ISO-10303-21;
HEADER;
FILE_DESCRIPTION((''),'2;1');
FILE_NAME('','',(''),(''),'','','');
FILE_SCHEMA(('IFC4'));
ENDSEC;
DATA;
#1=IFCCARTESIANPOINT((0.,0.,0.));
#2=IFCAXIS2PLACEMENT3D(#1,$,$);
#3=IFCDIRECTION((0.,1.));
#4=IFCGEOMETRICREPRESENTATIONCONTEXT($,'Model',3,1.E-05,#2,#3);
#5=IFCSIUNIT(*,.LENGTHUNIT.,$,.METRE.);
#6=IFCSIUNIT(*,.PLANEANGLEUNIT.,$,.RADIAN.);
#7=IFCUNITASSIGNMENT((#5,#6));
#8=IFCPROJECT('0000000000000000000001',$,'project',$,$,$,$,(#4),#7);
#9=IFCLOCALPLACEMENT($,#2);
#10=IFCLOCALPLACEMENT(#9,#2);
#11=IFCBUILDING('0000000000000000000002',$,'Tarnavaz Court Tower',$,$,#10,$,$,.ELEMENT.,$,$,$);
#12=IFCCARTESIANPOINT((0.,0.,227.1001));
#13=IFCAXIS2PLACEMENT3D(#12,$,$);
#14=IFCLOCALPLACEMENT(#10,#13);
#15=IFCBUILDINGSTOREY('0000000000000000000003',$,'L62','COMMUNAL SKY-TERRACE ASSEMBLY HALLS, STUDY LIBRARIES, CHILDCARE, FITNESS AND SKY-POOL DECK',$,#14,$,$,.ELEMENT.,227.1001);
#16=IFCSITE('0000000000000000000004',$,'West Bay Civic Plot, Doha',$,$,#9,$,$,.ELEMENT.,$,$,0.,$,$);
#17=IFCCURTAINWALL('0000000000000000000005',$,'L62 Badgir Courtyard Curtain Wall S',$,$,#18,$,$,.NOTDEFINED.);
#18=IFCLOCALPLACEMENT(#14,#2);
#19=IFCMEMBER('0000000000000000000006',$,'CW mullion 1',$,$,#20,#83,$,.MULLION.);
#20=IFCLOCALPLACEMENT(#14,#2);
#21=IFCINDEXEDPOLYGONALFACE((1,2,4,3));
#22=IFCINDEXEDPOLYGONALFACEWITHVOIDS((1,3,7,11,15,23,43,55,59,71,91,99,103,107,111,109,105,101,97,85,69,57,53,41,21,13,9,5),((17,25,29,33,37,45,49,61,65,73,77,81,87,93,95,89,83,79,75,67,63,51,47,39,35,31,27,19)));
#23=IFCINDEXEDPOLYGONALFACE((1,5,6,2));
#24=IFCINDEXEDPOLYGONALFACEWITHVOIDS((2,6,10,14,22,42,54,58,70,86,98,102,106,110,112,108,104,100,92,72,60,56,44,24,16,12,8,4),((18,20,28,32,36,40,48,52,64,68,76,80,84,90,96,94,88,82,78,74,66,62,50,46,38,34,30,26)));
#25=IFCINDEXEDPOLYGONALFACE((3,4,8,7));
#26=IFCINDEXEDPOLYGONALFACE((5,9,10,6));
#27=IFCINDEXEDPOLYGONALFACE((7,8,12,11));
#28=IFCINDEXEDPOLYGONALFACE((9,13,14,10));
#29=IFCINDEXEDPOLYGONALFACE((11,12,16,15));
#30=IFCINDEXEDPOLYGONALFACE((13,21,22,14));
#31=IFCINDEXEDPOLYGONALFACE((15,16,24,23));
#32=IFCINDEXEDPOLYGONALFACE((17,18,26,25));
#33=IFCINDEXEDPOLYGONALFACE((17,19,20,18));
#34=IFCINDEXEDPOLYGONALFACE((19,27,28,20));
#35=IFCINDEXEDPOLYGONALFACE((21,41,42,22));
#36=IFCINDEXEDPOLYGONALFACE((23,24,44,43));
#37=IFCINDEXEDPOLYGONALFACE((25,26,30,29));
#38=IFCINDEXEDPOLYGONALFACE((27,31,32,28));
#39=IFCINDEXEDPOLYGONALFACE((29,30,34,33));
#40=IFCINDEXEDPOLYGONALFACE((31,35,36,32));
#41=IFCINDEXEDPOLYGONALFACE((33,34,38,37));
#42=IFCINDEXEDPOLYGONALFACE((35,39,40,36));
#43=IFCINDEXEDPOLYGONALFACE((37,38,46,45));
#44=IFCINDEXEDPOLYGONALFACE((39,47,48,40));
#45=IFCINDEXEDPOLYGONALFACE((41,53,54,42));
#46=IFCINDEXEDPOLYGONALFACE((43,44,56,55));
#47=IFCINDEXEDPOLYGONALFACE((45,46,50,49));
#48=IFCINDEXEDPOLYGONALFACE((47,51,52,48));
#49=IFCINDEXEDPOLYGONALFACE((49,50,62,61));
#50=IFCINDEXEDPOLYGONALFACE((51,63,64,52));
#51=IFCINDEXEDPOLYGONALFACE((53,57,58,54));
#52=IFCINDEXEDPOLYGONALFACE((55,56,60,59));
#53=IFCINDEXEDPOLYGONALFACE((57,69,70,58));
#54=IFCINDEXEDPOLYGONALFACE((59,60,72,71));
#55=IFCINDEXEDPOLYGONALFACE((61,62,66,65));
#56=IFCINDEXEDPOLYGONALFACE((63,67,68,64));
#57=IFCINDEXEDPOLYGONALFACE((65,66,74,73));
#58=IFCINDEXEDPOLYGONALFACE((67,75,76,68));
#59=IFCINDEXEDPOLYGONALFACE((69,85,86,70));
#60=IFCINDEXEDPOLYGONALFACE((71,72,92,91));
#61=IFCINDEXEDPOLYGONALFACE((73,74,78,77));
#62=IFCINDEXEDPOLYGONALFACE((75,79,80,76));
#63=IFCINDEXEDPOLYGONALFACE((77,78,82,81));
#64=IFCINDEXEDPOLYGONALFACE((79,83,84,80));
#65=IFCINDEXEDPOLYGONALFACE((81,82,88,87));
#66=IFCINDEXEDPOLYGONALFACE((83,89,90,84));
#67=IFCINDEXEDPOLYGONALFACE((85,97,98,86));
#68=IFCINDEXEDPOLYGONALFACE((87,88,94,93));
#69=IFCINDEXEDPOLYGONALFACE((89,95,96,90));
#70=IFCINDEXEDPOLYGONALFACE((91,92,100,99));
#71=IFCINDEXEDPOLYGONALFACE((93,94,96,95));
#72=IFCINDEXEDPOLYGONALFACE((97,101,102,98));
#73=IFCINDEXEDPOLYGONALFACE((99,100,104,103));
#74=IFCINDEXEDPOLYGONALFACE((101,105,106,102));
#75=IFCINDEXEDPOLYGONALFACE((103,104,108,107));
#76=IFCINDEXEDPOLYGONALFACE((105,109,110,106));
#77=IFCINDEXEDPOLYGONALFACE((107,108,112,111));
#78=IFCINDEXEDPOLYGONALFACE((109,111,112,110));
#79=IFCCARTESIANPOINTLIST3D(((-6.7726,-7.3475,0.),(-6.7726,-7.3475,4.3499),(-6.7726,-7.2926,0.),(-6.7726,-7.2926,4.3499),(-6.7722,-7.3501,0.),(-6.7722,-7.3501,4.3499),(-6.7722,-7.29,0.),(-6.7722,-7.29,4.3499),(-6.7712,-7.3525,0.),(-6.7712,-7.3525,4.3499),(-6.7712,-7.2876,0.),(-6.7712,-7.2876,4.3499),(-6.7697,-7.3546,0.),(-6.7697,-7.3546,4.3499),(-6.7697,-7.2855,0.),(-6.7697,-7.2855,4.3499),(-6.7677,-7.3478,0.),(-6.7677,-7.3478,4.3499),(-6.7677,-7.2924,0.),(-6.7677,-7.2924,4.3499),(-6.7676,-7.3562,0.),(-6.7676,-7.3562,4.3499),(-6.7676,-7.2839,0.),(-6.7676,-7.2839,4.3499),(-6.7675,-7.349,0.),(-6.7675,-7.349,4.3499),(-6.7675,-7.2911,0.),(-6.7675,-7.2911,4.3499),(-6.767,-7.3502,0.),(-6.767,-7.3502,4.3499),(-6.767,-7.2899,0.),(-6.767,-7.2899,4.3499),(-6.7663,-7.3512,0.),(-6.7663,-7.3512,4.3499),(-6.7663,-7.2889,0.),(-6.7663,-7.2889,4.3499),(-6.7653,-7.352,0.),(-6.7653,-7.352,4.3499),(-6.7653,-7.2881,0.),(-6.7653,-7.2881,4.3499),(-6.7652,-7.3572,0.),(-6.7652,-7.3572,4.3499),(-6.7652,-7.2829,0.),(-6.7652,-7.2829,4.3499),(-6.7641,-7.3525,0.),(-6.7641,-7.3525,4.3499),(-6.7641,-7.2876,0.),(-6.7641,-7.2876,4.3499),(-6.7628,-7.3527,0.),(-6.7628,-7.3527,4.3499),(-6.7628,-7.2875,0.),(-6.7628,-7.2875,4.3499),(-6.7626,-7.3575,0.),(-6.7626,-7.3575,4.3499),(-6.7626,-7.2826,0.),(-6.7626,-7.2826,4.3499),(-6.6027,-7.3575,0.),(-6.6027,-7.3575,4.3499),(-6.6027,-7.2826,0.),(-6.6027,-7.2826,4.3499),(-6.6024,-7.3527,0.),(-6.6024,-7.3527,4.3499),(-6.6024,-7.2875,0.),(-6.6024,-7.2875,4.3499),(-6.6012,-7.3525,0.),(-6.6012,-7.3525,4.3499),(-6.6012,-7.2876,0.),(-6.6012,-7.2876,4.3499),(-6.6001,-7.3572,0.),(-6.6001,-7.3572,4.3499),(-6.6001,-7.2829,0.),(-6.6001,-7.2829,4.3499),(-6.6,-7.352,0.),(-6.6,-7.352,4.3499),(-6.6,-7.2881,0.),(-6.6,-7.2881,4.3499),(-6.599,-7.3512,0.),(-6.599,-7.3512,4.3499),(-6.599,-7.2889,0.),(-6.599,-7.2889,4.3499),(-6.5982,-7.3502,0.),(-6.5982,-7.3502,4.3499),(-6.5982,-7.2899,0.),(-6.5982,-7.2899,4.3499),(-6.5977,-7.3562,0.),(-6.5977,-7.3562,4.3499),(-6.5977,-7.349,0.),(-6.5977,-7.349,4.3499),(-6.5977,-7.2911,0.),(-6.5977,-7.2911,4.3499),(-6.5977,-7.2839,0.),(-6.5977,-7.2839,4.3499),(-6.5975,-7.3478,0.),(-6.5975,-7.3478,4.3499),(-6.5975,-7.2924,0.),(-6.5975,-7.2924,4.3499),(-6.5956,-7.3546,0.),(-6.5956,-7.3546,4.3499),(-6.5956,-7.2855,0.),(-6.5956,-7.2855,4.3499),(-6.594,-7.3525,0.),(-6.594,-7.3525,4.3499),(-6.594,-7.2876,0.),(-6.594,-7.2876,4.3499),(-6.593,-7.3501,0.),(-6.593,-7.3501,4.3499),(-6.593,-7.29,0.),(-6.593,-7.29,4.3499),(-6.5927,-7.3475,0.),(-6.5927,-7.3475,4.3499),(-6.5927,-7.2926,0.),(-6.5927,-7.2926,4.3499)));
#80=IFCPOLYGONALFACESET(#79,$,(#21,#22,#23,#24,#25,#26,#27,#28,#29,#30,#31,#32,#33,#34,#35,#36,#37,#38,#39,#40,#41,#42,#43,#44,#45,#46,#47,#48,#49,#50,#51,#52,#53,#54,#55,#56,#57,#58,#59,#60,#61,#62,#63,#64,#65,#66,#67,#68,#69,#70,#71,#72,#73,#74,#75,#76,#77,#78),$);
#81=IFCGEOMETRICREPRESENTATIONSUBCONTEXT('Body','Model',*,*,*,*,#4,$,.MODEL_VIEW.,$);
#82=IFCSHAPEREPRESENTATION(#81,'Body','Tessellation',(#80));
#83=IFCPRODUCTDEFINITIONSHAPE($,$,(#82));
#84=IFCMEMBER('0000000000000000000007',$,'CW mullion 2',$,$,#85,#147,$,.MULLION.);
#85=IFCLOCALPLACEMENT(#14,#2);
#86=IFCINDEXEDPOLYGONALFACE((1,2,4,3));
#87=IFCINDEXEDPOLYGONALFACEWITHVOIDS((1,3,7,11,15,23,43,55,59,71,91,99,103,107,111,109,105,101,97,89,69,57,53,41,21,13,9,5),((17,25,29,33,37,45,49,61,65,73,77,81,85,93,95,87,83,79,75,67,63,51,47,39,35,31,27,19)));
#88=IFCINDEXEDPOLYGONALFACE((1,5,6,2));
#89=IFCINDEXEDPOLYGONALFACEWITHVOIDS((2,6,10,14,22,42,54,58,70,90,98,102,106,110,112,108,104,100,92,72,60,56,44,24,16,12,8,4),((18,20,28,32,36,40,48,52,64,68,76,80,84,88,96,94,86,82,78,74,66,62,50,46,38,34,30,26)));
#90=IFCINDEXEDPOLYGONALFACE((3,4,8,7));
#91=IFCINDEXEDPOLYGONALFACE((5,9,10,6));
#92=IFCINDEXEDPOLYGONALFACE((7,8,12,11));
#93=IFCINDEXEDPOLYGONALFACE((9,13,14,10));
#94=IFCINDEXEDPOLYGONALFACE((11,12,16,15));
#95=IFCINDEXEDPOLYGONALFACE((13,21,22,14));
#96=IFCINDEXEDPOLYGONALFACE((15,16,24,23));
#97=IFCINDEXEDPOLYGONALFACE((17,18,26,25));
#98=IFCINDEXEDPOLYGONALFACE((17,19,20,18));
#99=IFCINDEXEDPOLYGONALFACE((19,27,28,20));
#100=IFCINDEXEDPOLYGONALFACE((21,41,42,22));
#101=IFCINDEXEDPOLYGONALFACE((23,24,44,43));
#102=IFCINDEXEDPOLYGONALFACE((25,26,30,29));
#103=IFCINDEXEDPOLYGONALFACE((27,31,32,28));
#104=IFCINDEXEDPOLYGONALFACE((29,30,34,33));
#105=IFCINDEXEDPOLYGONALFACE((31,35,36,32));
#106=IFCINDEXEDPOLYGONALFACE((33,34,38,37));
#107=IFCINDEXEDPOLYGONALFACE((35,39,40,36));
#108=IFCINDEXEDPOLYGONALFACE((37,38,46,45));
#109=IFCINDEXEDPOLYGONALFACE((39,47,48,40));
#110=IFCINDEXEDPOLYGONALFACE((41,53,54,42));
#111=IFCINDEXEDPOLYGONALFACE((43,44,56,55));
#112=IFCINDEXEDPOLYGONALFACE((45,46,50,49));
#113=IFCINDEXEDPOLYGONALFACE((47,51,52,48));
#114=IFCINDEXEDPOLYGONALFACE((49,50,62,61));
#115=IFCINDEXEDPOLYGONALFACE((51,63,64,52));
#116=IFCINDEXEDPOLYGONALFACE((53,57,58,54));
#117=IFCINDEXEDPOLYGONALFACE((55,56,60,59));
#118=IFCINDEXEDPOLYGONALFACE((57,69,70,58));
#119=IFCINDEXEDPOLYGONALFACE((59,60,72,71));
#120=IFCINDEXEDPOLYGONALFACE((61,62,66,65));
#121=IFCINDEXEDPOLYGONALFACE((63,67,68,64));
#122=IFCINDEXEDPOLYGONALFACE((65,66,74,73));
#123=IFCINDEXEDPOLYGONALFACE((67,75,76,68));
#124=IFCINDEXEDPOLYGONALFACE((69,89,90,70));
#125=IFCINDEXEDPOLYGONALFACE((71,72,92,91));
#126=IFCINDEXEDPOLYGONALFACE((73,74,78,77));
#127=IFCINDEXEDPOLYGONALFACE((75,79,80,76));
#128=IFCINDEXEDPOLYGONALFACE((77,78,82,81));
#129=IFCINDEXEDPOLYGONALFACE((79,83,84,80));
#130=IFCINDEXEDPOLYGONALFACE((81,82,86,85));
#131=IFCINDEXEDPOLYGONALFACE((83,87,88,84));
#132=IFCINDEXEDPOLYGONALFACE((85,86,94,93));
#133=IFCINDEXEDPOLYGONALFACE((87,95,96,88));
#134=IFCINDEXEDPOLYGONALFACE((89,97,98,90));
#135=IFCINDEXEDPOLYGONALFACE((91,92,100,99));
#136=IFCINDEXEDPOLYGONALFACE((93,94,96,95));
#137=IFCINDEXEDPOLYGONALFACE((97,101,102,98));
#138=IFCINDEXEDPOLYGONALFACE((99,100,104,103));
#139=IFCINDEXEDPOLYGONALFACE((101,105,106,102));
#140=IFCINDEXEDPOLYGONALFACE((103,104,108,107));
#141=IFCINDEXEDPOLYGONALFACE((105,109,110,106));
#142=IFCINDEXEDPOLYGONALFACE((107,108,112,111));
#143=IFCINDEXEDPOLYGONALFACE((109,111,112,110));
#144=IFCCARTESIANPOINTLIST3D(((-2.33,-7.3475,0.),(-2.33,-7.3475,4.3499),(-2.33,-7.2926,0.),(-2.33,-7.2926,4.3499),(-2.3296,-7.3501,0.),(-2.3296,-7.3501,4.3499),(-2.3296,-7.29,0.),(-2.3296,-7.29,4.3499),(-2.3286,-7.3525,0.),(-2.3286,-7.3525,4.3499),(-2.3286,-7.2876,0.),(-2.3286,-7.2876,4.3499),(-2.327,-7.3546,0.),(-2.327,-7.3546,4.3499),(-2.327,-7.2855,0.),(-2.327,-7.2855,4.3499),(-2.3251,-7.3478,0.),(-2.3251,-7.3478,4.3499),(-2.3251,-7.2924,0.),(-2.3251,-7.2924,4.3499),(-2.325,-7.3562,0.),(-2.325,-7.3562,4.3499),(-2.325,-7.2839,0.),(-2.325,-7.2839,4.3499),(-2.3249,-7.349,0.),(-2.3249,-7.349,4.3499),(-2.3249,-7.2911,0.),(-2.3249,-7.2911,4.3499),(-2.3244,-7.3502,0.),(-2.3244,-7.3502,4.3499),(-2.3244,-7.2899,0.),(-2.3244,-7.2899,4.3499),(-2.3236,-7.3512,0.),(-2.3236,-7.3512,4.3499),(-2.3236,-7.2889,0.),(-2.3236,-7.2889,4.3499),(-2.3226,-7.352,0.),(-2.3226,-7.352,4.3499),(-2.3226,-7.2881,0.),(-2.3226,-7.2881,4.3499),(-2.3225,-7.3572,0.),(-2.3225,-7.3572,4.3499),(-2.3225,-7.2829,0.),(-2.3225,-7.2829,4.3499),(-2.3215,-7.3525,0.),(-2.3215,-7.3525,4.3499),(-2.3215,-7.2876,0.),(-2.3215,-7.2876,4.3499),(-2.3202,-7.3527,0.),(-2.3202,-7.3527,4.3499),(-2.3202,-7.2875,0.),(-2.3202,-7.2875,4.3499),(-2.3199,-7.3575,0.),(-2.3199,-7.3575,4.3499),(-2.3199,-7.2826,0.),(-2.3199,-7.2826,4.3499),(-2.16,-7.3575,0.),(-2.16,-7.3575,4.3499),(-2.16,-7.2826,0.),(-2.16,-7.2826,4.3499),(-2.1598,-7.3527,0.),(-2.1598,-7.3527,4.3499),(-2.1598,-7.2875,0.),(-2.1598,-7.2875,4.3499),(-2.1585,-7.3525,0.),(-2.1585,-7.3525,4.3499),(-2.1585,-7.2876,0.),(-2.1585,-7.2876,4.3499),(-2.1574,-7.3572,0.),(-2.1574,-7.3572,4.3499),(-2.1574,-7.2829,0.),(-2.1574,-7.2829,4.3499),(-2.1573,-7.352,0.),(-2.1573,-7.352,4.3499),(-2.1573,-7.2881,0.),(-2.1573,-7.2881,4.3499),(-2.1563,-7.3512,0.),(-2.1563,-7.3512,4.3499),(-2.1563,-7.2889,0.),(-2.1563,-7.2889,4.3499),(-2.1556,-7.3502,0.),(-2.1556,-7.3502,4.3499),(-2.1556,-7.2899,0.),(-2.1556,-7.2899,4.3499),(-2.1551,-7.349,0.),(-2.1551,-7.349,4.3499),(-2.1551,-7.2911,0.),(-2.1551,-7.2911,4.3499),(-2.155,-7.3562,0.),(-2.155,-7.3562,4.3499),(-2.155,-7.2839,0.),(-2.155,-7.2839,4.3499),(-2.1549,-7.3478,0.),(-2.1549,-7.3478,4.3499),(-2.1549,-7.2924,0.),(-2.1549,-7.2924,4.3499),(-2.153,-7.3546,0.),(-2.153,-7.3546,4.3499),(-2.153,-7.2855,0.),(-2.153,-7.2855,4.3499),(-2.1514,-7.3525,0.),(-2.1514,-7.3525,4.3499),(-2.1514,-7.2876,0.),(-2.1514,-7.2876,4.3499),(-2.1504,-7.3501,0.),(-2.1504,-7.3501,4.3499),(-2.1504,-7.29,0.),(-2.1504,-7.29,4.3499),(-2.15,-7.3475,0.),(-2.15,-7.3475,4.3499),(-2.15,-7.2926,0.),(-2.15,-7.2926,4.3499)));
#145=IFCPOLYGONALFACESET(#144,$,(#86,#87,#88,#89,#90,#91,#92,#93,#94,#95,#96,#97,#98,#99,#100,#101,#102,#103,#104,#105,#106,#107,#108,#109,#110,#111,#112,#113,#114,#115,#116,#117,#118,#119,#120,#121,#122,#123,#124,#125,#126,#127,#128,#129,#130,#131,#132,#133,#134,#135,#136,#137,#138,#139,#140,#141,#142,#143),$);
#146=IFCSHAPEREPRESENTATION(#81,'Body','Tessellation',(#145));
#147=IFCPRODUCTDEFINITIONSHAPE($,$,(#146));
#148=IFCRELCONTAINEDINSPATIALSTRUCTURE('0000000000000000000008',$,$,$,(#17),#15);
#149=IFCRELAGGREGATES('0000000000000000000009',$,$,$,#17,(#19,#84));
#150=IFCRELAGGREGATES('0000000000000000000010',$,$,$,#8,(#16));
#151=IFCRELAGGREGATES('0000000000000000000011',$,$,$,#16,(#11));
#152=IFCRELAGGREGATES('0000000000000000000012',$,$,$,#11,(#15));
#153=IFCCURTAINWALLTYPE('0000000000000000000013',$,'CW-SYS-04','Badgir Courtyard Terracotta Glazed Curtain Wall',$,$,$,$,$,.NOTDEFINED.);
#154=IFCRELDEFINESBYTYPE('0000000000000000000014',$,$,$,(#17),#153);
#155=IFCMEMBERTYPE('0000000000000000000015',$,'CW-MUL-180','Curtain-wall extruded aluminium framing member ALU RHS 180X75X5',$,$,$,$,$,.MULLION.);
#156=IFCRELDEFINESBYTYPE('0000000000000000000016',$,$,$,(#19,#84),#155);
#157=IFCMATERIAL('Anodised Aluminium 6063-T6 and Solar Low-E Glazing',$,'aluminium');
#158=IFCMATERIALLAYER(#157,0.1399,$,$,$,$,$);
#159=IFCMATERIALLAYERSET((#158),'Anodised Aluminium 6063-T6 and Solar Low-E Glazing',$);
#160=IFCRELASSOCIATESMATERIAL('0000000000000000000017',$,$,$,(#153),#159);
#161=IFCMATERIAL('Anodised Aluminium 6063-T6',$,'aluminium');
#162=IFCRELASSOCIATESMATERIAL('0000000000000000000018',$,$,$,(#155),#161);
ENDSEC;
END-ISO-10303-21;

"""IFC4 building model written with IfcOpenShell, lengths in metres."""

from ifc_helpers import new_model, si_unit, direction, frame, origin, origin_2d, place, context, subcontext, project, spatial, hollow_rectangle, extrude, material, layer, layer_set, material_profile, profile_set, type_object, element, aggregate, save


model = new_model("IFC4")

# Units and contexts
model_context = context("Model", 3, precision=1e-05, world=origin(), true_north=direction((0.0, 1.0)))
body_context = subcontext(model_context, "Body", "Model", "MODEL_VIEW")
ifc_project = project(units=[si_unit("LENGTHUNIT", "METRE"), si_unit("PLANEANGLEUNIT", "RADIAN")], contexts=[model_context])

# Site, building, storey
site_placement = place(None, origin())
site = spatial("IfcSite", under=ifc_project, at=site_placement, Name="West Bay Civic Plot, Doha", CompositionType="ELEMENT", RefElevation=0.0)
building_placement = place(site_placement, origin())
building = spatial("IfcBuilding", under=site, at=building_placement, Name="Tarnavaz Court Tower", CompositionType="ELEMENT")
storey_placement = place(building_placement, frame((0.0, 0.0, 227.1001)))
storey = spatial("IfcBuildingStorey", under=building, at=storey_placement, Name="L62", Description="COMMUNAL SKY-TERRACE ASSEMBLY HALLS, STUDY LIBRARIES, CHILDCARE, FITNESS AND SKY-POOL DECK", CompositionType="ELEMENT", Elevation=227.1001)

# Curtain wall, members
ifc_material_1 = material(Name="Anodised Aluminium 6063-T6 and Solar Low-E Glazing", Category="aluminium")
ifc_layer_1 = layer(ifc_material_1, 0.1399)
ifc_layer_set_1 = layer_set([ifc_layer_1], Name="Anodised Aluminium 6063-T6 and Solar Low-E Glazing")
curtain_wall_type = type_object("IfcCurtainWallType", Name="CW-SYS-04", Description="Badgir Courtyard Terracotta Glazed Curtain Wall", PredefinedType="NOTDEFINED", material=ifc_layer_set_1)
curtain_wall_placement = place(storey_placement, origin())
curtain_wall = element("IfcCurtainWall", 1, at=curtain_wall_placement, inside=storey, type_object=curtain_wall_type, Name="L62 Badgir Courtyard Curtain Wall S", PredefinedType="NOTDEFINED")
ifc_material_2 = material(Name="Anodised Aluminium 6063-T6", Category="aluminium")
ifc_material_profile_1 = material_profile(ifc_material_2, hollow_rectangle(XDim=0.075, YDim=0.1799, WallThickness=0.0049, InnerFilletRadius=0.0049, OuterFilletRadius=0.01, at=origin_2d()), Name="ALU RHS 180X75X5")
ifc_profile_set_1 = profile_set([ifc_material_profile_1], Name="Anodised Aluminium 6063-T6")
member_type_1 = type_object("IfcMemberType", Name="CW-MUL-180", Description="Curtain-wall extruded aluminium framing member ALU RHS 180X75X5", PredefinedType="MULLION", material=ifc_profile_set_1)
member_1_placement = place(storey_placement, frame((-6.6826, -7.3201, 0.0), z_axis=(0.0, 0.0, 1.0), x_axis=(0.0, 1.0, 0.0)))
member_1 = element("IfcMember", 2, at=member_1_placement, type_object=member_type_1, Name="CW mullion 1", PredefinedType="MULLION", context=body_context, shape_type="SweptSolid", body=[
    extrude(hollow_rectangle(XDim=0.075, YDim=0.1799, WallThickness=0.0049, InnerFilletRadius=0.0049, OuterFilletRadius=0.01, at=origin_2d()), origin(), (0.0, 0.0, 1.0), 4.3499),
])
member_2_placement = place(storey_placement, frame((-2.24, -7.3201, 0.0), z_axis=(0.0, 0.0, 1.0), x_axis=(0.0, 1.0, 0.0)))
member_2 = element("IfcMember", 3, at=member_2_placement, type_object=member_type_1, Name="CW mullion 2", PredefinedType="MULLION", context=body_context, shape_type="SweptSolid", body=[
    extrude(hollow_rectangle(XDim=0.075, YDim=0.1799, WallThickness=0.0049, InnerFilletRadius=0.0049, OuterFilletRadius=0.01, at=origin_2d()), origin(), (0.0, 0.0, 1.0), 4.3499),
])
aggregate(curtain_wall, [member_1, member_2])

save(model, "model.ifc")
